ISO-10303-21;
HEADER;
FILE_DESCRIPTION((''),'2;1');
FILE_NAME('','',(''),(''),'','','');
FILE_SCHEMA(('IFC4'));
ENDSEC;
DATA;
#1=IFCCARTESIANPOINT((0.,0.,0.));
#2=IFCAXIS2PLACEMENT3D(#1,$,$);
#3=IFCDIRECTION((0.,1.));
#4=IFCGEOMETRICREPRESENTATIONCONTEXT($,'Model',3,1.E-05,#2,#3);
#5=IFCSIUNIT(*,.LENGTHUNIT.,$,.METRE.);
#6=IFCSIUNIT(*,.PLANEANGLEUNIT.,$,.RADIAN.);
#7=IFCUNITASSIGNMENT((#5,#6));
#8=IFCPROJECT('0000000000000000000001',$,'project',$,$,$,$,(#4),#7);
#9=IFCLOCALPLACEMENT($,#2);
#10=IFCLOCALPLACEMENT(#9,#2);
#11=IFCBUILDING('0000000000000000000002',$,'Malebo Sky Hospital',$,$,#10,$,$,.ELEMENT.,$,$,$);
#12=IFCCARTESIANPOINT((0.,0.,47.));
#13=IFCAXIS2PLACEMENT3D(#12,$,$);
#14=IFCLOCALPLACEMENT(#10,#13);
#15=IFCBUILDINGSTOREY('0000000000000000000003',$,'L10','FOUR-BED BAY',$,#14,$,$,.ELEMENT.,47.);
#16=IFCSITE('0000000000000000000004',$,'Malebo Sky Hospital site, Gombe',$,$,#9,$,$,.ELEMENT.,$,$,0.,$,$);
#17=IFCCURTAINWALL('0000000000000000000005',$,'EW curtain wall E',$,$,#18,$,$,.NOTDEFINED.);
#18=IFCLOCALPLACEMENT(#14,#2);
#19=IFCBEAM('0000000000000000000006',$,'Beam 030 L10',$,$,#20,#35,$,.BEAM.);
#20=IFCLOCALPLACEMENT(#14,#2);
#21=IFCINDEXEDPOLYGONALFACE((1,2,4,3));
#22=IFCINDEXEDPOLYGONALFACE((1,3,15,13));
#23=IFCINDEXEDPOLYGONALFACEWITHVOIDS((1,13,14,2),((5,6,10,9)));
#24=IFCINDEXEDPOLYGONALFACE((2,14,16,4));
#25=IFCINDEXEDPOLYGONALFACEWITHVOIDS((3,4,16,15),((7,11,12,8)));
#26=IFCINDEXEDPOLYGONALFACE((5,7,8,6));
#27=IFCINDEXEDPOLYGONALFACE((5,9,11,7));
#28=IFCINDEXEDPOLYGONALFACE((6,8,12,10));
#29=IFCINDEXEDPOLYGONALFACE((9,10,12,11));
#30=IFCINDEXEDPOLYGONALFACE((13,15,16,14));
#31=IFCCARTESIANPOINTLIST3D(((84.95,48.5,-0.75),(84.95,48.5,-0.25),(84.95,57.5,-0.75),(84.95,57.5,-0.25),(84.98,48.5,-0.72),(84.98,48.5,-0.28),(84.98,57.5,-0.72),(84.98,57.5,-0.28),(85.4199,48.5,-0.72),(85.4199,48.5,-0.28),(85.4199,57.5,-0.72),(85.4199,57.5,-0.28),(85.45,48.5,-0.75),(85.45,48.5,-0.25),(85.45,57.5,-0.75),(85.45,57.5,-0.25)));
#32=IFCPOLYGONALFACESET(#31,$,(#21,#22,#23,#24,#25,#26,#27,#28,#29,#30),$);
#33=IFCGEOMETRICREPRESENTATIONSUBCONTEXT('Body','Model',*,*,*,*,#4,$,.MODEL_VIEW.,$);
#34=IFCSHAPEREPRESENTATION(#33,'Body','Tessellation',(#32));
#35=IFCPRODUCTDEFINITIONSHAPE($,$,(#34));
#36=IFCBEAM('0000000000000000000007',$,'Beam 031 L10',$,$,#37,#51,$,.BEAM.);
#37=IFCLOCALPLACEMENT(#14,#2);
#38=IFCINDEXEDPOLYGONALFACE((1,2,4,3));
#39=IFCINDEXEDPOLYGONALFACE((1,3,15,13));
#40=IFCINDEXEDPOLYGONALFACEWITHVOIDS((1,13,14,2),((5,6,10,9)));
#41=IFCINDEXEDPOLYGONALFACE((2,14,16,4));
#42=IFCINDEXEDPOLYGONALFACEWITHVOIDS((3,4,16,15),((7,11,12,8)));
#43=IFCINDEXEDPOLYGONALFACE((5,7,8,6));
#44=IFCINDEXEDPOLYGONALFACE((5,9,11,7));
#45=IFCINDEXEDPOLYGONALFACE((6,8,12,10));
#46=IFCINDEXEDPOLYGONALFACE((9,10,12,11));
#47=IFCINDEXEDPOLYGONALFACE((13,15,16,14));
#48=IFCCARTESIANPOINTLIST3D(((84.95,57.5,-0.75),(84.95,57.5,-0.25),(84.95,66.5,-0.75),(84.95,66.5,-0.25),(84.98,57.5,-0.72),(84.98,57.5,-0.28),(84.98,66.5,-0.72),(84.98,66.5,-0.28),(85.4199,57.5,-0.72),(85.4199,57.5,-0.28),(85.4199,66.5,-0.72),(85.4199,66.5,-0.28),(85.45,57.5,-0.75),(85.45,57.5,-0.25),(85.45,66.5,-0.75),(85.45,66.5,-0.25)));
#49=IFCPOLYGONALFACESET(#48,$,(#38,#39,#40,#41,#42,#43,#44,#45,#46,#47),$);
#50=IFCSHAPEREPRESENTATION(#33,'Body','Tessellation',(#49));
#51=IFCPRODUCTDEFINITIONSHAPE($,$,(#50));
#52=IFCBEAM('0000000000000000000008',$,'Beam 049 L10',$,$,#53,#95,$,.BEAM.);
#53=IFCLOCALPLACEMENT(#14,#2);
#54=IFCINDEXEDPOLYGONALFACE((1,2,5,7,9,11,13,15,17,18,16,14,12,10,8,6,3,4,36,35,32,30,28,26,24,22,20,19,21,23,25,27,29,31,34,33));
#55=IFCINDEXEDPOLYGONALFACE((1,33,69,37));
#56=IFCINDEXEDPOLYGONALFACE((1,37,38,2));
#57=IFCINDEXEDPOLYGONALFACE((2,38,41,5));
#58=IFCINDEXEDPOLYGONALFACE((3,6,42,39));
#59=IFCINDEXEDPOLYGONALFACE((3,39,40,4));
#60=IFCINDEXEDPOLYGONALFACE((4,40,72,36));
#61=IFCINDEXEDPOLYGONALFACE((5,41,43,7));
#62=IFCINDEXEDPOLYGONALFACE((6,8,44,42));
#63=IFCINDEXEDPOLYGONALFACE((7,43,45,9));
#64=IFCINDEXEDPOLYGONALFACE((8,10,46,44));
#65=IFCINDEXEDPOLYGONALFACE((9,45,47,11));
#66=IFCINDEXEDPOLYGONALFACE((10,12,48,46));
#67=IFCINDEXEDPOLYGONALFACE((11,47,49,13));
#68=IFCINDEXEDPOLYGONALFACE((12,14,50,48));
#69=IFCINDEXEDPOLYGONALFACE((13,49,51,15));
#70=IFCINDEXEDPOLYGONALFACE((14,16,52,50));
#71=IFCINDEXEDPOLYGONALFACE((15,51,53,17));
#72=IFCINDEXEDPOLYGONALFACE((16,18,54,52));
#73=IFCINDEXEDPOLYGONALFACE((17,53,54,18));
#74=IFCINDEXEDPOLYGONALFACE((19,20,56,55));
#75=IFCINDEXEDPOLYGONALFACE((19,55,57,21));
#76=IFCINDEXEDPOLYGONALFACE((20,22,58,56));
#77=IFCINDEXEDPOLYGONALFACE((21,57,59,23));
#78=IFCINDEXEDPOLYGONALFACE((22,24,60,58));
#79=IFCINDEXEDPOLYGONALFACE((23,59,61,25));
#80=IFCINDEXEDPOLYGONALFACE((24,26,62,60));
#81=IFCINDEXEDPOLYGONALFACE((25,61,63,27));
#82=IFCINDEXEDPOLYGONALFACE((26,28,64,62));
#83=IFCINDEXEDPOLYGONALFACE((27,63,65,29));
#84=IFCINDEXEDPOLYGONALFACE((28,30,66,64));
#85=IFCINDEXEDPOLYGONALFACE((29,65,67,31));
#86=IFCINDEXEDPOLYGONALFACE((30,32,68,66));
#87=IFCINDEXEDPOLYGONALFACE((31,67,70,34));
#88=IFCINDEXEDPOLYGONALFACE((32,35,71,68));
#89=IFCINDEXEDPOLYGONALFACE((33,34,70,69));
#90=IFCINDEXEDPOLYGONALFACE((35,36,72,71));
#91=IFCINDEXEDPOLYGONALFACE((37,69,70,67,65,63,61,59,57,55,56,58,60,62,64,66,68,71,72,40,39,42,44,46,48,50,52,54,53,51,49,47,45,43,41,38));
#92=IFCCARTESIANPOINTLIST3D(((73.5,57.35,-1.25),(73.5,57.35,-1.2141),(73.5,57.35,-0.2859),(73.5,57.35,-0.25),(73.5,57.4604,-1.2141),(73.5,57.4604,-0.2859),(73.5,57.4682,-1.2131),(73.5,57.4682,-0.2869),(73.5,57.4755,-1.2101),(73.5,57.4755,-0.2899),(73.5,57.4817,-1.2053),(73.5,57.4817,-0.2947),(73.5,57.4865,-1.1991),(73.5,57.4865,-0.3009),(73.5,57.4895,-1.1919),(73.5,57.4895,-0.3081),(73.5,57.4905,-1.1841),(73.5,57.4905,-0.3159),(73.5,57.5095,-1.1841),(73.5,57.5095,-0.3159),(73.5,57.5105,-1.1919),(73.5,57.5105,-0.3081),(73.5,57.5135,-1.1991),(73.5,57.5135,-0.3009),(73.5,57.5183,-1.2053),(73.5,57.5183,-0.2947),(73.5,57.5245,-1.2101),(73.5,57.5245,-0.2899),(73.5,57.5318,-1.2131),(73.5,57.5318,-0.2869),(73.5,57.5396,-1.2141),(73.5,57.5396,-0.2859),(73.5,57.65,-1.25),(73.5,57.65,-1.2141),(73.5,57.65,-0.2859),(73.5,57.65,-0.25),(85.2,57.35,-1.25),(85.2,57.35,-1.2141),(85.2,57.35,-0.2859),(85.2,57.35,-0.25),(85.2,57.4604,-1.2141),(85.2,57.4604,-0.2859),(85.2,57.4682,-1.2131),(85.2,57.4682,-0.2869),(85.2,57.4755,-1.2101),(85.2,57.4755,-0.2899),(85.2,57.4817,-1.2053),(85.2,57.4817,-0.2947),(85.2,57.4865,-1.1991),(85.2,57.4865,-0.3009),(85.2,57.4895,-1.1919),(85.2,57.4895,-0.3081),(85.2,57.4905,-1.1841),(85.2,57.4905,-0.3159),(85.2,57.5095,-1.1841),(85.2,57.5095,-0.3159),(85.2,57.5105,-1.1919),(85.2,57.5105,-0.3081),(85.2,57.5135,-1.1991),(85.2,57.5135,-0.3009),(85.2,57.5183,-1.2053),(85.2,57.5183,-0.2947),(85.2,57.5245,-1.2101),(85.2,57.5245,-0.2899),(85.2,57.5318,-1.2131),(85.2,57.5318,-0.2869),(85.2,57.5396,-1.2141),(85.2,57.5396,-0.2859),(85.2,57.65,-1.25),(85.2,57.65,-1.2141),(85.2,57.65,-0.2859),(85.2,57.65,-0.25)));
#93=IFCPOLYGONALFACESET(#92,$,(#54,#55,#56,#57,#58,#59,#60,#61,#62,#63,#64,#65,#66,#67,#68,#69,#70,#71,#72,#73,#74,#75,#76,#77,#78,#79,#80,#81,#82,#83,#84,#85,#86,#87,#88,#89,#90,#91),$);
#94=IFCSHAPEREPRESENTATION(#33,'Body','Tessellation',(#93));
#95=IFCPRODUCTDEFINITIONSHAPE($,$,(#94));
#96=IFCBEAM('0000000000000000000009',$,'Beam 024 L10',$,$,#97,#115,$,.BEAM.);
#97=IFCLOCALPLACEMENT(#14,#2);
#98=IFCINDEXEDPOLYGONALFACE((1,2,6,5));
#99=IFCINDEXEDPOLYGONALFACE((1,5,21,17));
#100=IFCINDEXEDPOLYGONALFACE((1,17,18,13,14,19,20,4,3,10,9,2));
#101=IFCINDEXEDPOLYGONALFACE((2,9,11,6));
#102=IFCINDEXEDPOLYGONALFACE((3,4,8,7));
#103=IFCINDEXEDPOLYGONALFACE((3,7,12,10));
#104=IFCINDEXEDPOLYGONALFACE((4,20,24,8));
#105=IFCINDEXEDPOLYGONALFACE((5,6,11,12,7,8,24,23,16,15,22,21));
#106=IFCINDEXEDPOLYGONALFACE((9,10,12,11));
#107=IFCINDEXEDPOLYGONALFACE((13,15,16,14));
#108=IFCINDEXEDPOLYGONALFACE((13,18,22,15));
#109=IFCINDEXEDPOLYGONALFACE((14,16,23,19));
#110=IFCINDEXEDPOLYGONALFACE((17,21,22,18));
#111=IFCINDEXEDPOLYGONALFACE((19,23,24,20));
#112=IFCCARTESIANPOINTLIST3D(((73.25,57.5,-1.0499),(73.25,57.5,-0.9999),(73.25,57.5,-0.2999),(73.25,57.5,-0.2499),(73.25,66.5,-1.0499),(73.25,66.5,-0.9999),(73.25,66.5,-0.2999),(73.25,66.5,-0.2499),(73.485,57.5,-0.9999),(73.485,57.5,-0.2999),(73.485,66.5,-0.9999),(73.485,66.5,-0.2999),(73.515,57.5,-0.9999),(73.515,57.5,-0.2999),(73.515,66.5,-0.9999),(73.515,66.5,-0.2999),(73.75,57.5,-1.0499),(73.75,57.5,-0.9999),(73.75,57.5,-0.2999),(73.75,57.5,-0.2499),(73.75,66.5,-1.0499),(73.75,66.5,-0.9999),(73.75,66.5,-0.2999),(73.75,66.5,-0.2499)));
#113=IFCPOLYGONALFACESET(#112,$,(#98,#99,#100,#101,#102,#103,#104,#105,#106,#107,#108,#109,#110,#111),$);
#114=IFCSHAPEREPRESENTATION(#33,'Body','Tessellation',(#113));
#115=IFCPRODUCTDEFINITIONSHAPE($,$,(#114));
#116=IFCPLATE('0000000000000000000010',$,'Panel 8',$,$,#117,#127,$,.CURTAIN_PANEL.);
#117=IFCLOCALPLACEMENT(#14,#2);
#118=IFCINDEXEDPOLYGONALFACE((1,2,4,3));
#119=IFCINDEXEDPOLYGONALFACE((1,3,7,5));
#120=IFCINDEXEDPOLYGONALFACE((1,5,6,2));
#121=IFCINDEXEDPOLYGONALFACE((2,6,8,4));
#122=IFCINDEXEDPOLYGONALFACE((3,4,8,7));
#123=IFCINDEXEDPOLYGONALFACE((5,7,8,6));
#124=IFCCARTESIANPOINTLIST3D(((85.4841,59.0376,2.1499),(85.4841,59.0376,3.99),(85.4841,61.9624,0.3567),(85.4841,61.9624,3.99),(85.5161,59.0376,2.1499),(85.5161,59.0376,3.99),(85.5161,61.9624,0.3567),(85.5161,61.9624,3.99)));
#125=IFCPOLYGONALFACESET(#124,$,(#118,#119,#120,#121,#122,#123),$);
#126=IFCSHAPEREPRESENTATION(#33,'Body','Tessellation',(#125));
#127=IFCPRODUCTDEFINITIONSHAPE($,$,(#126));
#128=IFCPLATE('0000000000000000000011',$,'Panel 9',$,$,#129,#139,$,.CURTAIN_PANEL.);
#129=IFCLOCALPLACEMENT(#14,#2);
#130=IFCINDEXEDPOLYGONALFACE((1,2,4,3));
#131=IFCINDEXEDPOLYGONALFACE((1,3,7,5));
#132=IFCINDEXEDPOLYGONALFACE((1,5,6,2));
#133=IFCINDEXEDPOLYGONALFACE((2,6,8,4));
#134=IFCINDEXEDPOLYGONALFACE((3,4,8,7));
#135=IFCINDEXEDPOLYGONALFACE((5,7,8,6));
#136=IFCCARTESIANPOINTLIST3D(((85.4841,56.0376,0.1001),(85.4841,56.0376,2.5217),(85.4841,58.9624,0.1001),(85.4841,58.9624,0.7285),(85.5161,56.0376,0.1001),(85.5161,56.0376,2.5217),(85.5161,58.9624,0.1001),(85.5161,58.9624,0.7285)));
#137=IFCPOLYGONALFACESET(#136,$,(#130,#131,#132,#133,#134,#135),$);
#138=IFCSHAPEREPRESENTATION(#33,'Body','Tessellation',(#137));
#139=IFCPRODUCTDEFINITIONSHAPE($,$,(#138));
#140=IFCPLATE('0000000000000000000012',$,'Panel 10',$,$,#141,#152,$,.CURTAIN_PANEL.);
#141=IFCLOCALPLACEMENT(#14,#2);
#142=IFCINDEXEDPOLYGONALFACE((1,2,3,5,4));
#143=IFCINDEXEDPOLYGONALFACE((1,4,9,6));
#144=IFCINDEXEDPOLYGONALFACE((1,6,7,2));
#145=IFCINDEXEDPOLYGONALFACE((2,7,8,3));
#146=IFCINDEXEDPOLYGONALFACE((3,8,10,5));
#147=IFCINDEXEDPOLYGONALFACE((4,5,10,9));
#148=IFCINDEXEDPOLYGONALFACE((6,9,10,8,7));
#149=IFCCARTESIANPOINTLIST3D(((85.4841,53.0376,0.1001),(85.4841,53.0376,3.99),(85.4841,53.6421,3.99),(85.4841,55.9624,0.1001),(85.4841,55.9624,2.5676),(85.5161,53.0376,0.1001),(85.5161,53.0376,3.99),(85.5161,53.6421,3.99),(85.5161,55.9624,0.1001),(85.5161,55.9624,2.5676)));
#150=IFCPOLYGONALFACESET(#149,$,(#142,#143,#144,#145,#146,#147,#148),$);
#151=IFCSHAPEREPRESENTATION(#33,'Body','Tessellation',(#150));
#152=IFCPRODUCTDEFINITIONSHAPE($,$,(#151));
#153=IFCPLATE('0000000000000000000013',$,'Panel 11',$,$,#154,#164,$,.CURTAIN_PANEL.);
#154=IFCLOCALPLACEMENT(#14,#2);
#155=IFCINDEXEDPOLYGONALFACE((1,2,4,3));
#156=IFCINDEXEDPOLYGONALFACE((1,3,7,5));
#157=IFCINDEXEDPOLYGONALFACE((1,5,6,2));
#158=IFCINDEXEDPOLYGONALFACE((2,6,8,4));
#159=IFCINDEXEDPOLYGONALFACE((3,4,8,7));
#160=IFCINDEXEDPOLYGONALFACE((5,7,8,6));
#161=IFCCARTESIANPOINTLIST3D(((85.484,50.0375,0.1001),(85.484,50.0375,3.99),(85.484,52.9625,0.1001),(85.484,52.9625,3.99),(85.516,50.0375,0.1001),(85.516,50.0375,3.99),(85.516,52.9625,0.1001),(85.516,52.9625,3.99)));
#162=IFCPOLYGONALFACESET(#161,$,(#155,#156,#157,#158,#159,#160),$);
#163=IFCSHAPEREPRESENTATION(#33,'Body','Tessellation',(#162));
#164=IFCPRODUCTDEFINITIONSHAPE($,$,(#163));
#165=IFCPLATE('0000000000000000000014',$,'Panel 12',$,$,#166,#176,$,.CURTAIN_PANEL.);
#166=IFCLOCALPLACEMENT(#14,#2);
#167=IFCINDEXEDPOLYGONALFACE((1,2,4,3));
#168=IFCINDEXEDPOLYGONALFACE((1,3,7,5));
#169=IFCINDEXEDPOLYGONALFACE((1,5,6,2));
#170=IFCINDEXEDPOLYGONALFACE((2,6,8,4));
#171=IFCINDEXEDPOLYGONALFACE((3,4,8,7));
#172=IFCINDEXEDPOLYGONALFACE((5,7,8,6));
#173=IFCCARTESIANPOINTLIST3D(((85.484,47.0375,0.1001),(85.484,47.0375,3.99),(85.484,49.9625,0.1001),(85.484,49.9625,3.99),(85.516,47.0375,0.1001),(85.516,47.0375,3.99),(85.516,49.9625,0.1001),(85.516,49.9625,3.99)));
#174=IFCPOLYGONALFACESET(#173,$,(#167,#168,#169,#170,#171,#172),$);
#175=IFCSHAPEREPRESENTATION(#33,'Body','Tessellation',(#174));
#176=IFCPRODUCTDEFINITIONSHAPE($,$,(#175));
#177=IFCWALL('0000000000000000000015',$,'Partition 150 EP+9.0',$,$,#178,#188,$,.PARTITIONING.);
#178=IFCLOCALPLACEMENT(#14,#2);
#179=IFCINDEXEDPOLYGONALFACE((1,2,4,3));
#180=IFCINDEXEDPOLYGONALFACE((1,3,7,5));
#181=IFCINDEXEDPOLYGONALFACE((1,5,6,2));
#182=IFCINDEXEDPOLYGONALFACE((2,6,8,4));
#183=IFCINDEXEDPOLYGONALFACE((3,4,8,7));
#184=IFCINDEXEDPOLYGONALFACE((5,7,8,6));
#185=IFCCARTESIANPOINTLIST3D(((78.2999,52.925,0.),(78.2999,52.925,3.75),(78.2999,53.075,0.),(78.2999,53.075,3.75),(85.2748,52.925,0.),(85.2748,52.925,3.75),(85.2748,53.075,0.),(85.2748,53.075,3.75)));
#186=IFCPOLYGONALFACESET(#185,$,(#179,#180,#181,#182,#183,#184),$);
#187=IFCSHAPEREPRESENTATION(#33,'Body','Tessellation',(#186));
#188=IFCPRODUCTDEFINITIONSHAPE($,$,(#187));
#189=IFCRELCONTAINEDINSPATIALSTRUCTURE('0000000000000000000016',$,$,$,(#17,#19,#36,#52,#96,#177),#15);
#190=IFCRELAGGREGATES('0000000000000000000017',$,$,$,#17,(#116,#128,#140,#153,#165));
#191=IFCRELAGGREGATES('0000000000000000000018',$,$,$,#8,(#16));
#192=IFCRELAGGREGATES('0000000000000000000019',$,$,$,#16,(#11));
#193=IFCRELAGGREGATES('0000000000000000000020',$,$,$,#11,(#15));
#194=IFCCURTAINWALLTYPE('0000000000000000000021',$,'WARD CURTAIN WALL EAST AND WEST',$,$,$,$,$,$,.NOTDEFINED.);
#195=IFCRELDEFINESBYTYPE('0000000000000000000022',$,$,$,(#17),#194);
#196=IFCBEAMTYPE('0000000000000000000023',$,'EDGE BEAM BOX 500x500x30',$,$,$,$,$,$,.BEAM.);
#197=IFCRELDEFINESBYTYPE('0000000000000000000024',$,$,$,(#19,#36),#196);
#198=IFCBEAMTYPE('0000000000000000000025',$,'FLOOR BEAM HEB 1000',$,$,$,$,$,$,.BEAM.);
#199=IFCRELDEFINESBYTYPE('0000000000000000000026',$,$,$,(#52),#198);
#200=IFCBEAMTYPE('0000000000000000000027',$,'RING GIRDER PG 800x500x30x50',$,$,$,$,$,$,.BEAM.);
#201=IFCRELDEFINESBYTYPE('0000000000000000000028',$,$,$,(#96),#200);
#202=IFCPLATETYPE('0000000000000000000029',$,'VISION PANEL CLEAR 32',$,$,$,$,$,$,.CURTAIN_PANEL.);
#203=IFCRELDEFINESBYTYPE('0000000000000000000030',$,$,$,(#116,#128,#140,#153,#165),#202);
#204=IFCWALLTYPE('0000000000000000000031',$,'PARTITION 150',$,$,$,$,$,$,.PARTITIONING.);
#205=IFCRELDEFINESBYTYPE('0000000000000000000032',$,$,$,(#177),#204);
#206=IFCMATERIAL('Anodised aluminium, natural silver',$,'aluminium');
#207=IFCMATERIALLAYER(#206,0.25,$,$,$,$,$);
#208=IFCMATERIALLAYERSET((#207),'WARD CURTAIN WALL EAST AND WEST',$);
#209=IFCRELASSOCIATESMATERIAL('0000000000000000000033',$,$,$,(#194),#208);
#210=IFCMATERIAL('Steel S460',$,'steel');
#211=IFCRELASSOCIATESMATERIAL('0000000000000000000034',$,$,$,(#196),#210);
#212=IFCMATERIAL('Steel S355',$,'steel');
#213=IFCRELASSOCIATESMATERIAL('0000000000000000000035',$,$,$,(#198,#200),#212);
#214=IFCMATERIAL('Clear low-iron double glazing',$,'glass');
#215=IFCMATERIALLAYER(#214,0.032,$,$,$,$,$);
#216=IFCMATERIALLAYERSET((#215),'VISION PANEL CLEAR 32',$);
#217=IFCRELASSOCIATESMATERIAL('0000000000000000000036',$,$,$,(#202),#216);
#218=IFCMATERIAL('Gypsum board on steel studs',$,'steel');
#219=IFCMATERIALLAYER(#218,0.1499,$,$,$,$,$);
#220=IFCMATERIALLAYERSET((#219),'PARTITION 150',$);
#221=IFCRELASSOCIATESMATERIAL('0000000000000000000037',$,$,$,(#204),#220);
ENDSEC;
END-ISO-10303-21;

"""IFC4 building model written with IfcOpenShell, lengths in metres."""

from ifc_helpers import new_model, si_unit, direction, frame, frame_2d, origin, origin_2d, place, context, subcontext, project, spatial, polyline, rectangle, hollow_rectangle, i_section, outline, extrude, material, layer, layer_set, material_profile, profile_set, type_object, element, aggregate, save


model = new_model("IFC4")

# Units and contexts
model_context = context("Model", 3, precision=1e-05, world=origin(), true_north=direction((0.0, 1.0)))
body_context = subcontext(model_context, "Body", "Model", "MODEL_VIEW")
ifc_project = project(units=[si_unit("LENGTHUNIT", "METRE"), si_unit("PLANEANGLEUNIT", "RADIAN")], contexts=[model_context])

# Site, building, storey
site_placement = place(None, origin())
site = spatial("IfcSite", under=ifc_project, at=site_placement, Name="Malebo Sky Hospital site, Gombe", CompositionType="ELEMENT", RefElevation=0.0)
building_placement = place(site_placement, origin())
building = spatial("IfcBuilding", under=site, at=building_placement, Name="Malebo Sky Hospital", CompositionType="ELEMENT")
storey_placement = place(building_placement, frame((0.0, 0.0, 47.0)))
storey = spatial("IfcBuildingStorey", under=building, at=storey_placement, Name="L10", Description="FOUR-BED BAY", CompositionType="ELEMENT", Elevation=47.0)

# Shared definitions
ifc_material_1 = material(Name="Steel S460", Category="steel")

# Curtain wall
ifc_material_2 = material(Name="Anodised aluminium, natural silver", Category="aluminium")
ifc_layer_1 = layer(ifc_material_2, 0.25)
ifc_layer_set_1 = layer_set([ifc_layer_1], Name="WARD CURTAIN WALL EAST AND WEST")
curtain_wall_type = type_object("IfcCurtainWallType", Name="WARD CURTAIN WALL EAST AND WEST", PredefinedType="NOTDEFINED", material=ifc_layer_set_1)
curtain_wall_placement = place(storey_placement, origin())
curtain_wall = element("IfcCurtainWall", 1, at=curtain_wall_placement, inside=storey, type_object=curtain_wall_type, Name="EW curtain wall E", PredefinedType="NOTDEFINED")

# Shared definitions
ifc_material_3 = material(Name="Steel S355", Category="steel")

# Beams
ifc_material_profile_1 = material_profile(ifc_material_1, hollow_rectangle(XDim=0.5, YDim=0.5, WallThickness=0.03, at=origin_2d()), Name="BOX 500x500x30")
ifc_profile_set_1 = profile_set([ifc_material_profile_1], Name="Steel S460")
beam_type_1 = type_object("IfcBeamType", Name="EDGE BEAM BOX 500x500x30", PredefinedType="BEAM", material=ifc_profile_set_1)
for number, where, z_axis, x_axis, name in (
    (2, (85.2, 48.5, -0.5), (0.0, 1.0, 0.0), (-1.0, 0.0, 0.0), "Beam 030 L10"),
    (3, (85.2, 57.5, -0.5), (0.0, 1.0, 0.0), (-1.0, 0.0, 0.0), "Beam 031 L10"),
):
    element("IfcBeam", number, at=place(storey_placement, frame(where, z_axis=z_axis, x_axis=x_axis)), inside=storey, type_object=beam_type_1, Name=name, PredefinedType="BEAM", context=body_context, shape_type="SweptSolid", body=[
        extrude(hollow_rectangle(XDim=0.5, YDim=0.5, WallThickness=0.03, at=origin_2d()), origin(), (0.0, 0.0, 1.0), 9.0),
    ])
ifc_material_profile_2 = material_profile(ifc_material_3, i_section(OverallWidth=0.3, OverallDepth=1.0, WebThickness=0.019, FlangeThickness=0.0359, FilletRadius=0.03, at=origin_2d()), Name="HEB 1000")
ifc_profile_set_2 = profile_set([ifc_material_profile_2], Name="Steel S355")
beam_type_2 = type_object("IfcBeamType", Name="FLOOR BEAM HEB 1000", PredefinedType="BEAM", material=ifc_profile_set_2)
beam_1_placement = place(storey_placement, frame((73.5, 57.5, -0.75), z_axis=(1.0, 0.0, 0.0), x_axis=(0.0, 1.0, 0.0)))
element("IfcBeam", 4, at=beam_1_placement, inside=storey, type_object=beam_type_2, Name="Beam 049 L10", PredefinedType="BEAM", context=body_context, shape_type="SweptSolid", body=[
    extrude(i_section(OverallWidth=0.3, OverallDepth=1.0, WebThickness=0.019, FlangeThickness=0.0359, FilletRadius=0.03, at=origin_2d()), origin(), (0.0, 0.0, 1.0), 11.7),
])
ifc_material_profile_3 = material_profile(ifc_material_3, i_section(OverallWidth=0.5, OverallDepth=0.8, WebThickness=0.03, FlangeThickness=0.05, at=origin_2d()), Name="PG 800x500x30x50")
ifc_profile_set_3 = profile_set([ifc_material_profile_3], Name="Steel S355")
beam_type_3 = type_object("IfcBeamType", Name="RING GIRDER PG 800x500x30x50", PredefinedType="BEAM", material=ifc_profile_set_3)
beam_2_placement = place(storey_placement, frame((73.5, 57.5, -0.6499), z_axis=(0.0, 1.0, 0.0), x_axis=(-1.0, 0.0, 0.0)))
element("IfcBeam", 5, at=beam_2_placement, inside=storey, type_object=beam_type_3, Name="Beam 024 L10", PredefinedType="BEAM", context=body_context, shape_type="SweptSolid", body=[
    extrude(i_section(OverallWidth=0.5, OverallDepth=0.8, WebThickness=0.03, FlangeThickness=0.05, at=origin_2d()), origin(), (0.0, 0.0, 1.0), 9.0),
])

# Plates
ifc_material_4 = material(Name="Clear low-iron double glazing", Category="glass")
ifc_layer_2 = layer(ifc_material_4, 0.032)
ifc_layer_set_2 = layer_set([ifc_layer_2], Name="VISION PANEL CLEAR 32")
plate_type = type_object("IfcPlateType", Name="VISION PANEL CLEAR 32", PredefinedType="CURTAIN_PANEL", material=ifc_layer_set_2)
plate_1_placement = place(storey_placement, frame((85.5, 60.5, 0.3567), z_axis=(0.0, 0.0, 1.0), x_axis=(0.0, -1.0, 0.0)))
plate_1 = element("IfcPlate", 6, at=plate_1_placement, type_object=plate_type, Name="Panel 8", PredefinedType="CURTAIN_PANEL", context=body_context, shape_type="SweptSolid", body=[
    extrude(outline(polyline([(-1.4624, 0.0), (1.4624, 1.7932), (1.4624, 3.6333), (-1.4624, 3.6333), (-1.4624, 0.0)])), frame((0.0, 0.0161, 0.0), z_axis=(0.0, -1.0, 0.0), x_axis=(1.0, 0.0, 0.0)), (0.0, 0.0, 1.0), 0.032),
])
plate_2_placement = place(storey_placement, frame((85.5, 57.5, 0.1001), z_axis=(0.0, 0.0, 1.0), x_axis=(0.0, -1.0, 0.0)))
plate_2 = element("IfcPlate", 7, at=plate_2_placement, type_object=plate_type, Name="Panel 9", PredefinedType="CURTAIN_PANEL", context=body_context, shape_type="SweptSolid", body=[
    extrude(outline(polyline([(-1.4624, 0.0), (1.4624, 0.0), (1.4624, 2.4216), (-1.4624, 0.6284), (-1.4624, 0.0)])), frame((0.0, 0.0161, 0.0), z_axis=(0.0, -1.0, 0.0), x_axis=(1.0, 0.0, 0.0)), (0.0, 0.0, 1.0), 0.032),
])
plate_3_placement = place(storey_placement, frame((85.5, 54.5, 0.1001), z_axis=(0.0, 0.0, 1.0), x_axis=(0.0, -1.0, 0.0)))
plate_3 = element("IfcPlate", 8, at=plate_3_placement, type_object=plate_type, Name="Panel 10", PredefinedType="CURTAIN_PANEL", context=body_context, shape_type="SweptSolid", body=[
    extrude(outline(polyline([(-1.4624, 0.0), (1.4624, 0.0), (1.4624, 3.8899), (0.8579, 3.8899), (-1.4624, 2.4675), (-1.4624, 0.0)])), frame((0.0, 0.0161, 0.0), z_axis=(0.0, -1.0, 0.0), x_axis=(1.0, 0.0, 0.0)), (0.0, 0.0, 1.0), 0.032),
])
plate_4_placement = place(storey_placement, frame((85.5, 51.5, 0.1001), z_axis=(0.0, 0.0, 1.0), x_axis=(0.0, -1.0, 0.0)))
plate_4 = element("IfcPlate", 9, at=plate_4_placement, type_object=plate_type, Name="Panel 11", PredefinedType="CURTAIN_PANEL", context=body_context, shape_type="SweptSolid", body=[
    extrude(rectangle(XDim=2.925, YDim=0.032, at=origin_2d()), origin(), (0.0, 0.0, 1.0), 3.8899),
])
plate_5_placement = place(storey_placement, frame((85.5, 48.5, 0.1001), z_axis=(0.0, 0.0, 1.0), x_axis=(0.0, -1.0, 0.0)))
plate_5 = element("IfcPlate", 10, at=plate_5_placement, type_object=plate_type, Name="Panel 12", PredefinedType="CURTAIN_PANEL", context=body_context, shape_type="SweptSolid", body=[
    extrude(rectangle(XDim=2.925, YDim=0.032, at=origin_2d()), origin(), (0.0, 0.0, 1.0), 3.8899),
])
aggregate(curtain_wall, [plate_1, plate_2, plate_3, plate_4, plate_5])

# Wall
ifc_material_5 = material(Name="Gypsum board on steel studs", Category="steel")
ifc_layer_3 = layer(ifc_material_5, 0.1499)
ifc_layer_set_3 = layer_set([ifc_layer_3], Name="PARTITION 150")
wall_type = type_object("IfcWallType", Name="PARTITION 150", PredefinedType="PARTITIONING", material=ifc_layer_set_3)
wall_1_placement = place(storey_placement, frame((78.3, 53.0, 0.0), z_axis=(0.0, 0.0, 1.0), x_axis=(1.0, 0.0, 0.0)))
element("IfcWall", 11, at=wall_1_placement, inside=storey, type_object=wall_type, Name="Partition 150 EP+9.0", PredefinedType="PARTITIONING", context=body_context, shape_type="SweptSolid", body=[
    extrude(rectangle(XDim=6.9749, YDim=0.1499, at=frame_2d((3.4873, 0.0))), origin(), (0.0, 0.0, 1.0), 3.75),
])

save(model, "model.ifc")
